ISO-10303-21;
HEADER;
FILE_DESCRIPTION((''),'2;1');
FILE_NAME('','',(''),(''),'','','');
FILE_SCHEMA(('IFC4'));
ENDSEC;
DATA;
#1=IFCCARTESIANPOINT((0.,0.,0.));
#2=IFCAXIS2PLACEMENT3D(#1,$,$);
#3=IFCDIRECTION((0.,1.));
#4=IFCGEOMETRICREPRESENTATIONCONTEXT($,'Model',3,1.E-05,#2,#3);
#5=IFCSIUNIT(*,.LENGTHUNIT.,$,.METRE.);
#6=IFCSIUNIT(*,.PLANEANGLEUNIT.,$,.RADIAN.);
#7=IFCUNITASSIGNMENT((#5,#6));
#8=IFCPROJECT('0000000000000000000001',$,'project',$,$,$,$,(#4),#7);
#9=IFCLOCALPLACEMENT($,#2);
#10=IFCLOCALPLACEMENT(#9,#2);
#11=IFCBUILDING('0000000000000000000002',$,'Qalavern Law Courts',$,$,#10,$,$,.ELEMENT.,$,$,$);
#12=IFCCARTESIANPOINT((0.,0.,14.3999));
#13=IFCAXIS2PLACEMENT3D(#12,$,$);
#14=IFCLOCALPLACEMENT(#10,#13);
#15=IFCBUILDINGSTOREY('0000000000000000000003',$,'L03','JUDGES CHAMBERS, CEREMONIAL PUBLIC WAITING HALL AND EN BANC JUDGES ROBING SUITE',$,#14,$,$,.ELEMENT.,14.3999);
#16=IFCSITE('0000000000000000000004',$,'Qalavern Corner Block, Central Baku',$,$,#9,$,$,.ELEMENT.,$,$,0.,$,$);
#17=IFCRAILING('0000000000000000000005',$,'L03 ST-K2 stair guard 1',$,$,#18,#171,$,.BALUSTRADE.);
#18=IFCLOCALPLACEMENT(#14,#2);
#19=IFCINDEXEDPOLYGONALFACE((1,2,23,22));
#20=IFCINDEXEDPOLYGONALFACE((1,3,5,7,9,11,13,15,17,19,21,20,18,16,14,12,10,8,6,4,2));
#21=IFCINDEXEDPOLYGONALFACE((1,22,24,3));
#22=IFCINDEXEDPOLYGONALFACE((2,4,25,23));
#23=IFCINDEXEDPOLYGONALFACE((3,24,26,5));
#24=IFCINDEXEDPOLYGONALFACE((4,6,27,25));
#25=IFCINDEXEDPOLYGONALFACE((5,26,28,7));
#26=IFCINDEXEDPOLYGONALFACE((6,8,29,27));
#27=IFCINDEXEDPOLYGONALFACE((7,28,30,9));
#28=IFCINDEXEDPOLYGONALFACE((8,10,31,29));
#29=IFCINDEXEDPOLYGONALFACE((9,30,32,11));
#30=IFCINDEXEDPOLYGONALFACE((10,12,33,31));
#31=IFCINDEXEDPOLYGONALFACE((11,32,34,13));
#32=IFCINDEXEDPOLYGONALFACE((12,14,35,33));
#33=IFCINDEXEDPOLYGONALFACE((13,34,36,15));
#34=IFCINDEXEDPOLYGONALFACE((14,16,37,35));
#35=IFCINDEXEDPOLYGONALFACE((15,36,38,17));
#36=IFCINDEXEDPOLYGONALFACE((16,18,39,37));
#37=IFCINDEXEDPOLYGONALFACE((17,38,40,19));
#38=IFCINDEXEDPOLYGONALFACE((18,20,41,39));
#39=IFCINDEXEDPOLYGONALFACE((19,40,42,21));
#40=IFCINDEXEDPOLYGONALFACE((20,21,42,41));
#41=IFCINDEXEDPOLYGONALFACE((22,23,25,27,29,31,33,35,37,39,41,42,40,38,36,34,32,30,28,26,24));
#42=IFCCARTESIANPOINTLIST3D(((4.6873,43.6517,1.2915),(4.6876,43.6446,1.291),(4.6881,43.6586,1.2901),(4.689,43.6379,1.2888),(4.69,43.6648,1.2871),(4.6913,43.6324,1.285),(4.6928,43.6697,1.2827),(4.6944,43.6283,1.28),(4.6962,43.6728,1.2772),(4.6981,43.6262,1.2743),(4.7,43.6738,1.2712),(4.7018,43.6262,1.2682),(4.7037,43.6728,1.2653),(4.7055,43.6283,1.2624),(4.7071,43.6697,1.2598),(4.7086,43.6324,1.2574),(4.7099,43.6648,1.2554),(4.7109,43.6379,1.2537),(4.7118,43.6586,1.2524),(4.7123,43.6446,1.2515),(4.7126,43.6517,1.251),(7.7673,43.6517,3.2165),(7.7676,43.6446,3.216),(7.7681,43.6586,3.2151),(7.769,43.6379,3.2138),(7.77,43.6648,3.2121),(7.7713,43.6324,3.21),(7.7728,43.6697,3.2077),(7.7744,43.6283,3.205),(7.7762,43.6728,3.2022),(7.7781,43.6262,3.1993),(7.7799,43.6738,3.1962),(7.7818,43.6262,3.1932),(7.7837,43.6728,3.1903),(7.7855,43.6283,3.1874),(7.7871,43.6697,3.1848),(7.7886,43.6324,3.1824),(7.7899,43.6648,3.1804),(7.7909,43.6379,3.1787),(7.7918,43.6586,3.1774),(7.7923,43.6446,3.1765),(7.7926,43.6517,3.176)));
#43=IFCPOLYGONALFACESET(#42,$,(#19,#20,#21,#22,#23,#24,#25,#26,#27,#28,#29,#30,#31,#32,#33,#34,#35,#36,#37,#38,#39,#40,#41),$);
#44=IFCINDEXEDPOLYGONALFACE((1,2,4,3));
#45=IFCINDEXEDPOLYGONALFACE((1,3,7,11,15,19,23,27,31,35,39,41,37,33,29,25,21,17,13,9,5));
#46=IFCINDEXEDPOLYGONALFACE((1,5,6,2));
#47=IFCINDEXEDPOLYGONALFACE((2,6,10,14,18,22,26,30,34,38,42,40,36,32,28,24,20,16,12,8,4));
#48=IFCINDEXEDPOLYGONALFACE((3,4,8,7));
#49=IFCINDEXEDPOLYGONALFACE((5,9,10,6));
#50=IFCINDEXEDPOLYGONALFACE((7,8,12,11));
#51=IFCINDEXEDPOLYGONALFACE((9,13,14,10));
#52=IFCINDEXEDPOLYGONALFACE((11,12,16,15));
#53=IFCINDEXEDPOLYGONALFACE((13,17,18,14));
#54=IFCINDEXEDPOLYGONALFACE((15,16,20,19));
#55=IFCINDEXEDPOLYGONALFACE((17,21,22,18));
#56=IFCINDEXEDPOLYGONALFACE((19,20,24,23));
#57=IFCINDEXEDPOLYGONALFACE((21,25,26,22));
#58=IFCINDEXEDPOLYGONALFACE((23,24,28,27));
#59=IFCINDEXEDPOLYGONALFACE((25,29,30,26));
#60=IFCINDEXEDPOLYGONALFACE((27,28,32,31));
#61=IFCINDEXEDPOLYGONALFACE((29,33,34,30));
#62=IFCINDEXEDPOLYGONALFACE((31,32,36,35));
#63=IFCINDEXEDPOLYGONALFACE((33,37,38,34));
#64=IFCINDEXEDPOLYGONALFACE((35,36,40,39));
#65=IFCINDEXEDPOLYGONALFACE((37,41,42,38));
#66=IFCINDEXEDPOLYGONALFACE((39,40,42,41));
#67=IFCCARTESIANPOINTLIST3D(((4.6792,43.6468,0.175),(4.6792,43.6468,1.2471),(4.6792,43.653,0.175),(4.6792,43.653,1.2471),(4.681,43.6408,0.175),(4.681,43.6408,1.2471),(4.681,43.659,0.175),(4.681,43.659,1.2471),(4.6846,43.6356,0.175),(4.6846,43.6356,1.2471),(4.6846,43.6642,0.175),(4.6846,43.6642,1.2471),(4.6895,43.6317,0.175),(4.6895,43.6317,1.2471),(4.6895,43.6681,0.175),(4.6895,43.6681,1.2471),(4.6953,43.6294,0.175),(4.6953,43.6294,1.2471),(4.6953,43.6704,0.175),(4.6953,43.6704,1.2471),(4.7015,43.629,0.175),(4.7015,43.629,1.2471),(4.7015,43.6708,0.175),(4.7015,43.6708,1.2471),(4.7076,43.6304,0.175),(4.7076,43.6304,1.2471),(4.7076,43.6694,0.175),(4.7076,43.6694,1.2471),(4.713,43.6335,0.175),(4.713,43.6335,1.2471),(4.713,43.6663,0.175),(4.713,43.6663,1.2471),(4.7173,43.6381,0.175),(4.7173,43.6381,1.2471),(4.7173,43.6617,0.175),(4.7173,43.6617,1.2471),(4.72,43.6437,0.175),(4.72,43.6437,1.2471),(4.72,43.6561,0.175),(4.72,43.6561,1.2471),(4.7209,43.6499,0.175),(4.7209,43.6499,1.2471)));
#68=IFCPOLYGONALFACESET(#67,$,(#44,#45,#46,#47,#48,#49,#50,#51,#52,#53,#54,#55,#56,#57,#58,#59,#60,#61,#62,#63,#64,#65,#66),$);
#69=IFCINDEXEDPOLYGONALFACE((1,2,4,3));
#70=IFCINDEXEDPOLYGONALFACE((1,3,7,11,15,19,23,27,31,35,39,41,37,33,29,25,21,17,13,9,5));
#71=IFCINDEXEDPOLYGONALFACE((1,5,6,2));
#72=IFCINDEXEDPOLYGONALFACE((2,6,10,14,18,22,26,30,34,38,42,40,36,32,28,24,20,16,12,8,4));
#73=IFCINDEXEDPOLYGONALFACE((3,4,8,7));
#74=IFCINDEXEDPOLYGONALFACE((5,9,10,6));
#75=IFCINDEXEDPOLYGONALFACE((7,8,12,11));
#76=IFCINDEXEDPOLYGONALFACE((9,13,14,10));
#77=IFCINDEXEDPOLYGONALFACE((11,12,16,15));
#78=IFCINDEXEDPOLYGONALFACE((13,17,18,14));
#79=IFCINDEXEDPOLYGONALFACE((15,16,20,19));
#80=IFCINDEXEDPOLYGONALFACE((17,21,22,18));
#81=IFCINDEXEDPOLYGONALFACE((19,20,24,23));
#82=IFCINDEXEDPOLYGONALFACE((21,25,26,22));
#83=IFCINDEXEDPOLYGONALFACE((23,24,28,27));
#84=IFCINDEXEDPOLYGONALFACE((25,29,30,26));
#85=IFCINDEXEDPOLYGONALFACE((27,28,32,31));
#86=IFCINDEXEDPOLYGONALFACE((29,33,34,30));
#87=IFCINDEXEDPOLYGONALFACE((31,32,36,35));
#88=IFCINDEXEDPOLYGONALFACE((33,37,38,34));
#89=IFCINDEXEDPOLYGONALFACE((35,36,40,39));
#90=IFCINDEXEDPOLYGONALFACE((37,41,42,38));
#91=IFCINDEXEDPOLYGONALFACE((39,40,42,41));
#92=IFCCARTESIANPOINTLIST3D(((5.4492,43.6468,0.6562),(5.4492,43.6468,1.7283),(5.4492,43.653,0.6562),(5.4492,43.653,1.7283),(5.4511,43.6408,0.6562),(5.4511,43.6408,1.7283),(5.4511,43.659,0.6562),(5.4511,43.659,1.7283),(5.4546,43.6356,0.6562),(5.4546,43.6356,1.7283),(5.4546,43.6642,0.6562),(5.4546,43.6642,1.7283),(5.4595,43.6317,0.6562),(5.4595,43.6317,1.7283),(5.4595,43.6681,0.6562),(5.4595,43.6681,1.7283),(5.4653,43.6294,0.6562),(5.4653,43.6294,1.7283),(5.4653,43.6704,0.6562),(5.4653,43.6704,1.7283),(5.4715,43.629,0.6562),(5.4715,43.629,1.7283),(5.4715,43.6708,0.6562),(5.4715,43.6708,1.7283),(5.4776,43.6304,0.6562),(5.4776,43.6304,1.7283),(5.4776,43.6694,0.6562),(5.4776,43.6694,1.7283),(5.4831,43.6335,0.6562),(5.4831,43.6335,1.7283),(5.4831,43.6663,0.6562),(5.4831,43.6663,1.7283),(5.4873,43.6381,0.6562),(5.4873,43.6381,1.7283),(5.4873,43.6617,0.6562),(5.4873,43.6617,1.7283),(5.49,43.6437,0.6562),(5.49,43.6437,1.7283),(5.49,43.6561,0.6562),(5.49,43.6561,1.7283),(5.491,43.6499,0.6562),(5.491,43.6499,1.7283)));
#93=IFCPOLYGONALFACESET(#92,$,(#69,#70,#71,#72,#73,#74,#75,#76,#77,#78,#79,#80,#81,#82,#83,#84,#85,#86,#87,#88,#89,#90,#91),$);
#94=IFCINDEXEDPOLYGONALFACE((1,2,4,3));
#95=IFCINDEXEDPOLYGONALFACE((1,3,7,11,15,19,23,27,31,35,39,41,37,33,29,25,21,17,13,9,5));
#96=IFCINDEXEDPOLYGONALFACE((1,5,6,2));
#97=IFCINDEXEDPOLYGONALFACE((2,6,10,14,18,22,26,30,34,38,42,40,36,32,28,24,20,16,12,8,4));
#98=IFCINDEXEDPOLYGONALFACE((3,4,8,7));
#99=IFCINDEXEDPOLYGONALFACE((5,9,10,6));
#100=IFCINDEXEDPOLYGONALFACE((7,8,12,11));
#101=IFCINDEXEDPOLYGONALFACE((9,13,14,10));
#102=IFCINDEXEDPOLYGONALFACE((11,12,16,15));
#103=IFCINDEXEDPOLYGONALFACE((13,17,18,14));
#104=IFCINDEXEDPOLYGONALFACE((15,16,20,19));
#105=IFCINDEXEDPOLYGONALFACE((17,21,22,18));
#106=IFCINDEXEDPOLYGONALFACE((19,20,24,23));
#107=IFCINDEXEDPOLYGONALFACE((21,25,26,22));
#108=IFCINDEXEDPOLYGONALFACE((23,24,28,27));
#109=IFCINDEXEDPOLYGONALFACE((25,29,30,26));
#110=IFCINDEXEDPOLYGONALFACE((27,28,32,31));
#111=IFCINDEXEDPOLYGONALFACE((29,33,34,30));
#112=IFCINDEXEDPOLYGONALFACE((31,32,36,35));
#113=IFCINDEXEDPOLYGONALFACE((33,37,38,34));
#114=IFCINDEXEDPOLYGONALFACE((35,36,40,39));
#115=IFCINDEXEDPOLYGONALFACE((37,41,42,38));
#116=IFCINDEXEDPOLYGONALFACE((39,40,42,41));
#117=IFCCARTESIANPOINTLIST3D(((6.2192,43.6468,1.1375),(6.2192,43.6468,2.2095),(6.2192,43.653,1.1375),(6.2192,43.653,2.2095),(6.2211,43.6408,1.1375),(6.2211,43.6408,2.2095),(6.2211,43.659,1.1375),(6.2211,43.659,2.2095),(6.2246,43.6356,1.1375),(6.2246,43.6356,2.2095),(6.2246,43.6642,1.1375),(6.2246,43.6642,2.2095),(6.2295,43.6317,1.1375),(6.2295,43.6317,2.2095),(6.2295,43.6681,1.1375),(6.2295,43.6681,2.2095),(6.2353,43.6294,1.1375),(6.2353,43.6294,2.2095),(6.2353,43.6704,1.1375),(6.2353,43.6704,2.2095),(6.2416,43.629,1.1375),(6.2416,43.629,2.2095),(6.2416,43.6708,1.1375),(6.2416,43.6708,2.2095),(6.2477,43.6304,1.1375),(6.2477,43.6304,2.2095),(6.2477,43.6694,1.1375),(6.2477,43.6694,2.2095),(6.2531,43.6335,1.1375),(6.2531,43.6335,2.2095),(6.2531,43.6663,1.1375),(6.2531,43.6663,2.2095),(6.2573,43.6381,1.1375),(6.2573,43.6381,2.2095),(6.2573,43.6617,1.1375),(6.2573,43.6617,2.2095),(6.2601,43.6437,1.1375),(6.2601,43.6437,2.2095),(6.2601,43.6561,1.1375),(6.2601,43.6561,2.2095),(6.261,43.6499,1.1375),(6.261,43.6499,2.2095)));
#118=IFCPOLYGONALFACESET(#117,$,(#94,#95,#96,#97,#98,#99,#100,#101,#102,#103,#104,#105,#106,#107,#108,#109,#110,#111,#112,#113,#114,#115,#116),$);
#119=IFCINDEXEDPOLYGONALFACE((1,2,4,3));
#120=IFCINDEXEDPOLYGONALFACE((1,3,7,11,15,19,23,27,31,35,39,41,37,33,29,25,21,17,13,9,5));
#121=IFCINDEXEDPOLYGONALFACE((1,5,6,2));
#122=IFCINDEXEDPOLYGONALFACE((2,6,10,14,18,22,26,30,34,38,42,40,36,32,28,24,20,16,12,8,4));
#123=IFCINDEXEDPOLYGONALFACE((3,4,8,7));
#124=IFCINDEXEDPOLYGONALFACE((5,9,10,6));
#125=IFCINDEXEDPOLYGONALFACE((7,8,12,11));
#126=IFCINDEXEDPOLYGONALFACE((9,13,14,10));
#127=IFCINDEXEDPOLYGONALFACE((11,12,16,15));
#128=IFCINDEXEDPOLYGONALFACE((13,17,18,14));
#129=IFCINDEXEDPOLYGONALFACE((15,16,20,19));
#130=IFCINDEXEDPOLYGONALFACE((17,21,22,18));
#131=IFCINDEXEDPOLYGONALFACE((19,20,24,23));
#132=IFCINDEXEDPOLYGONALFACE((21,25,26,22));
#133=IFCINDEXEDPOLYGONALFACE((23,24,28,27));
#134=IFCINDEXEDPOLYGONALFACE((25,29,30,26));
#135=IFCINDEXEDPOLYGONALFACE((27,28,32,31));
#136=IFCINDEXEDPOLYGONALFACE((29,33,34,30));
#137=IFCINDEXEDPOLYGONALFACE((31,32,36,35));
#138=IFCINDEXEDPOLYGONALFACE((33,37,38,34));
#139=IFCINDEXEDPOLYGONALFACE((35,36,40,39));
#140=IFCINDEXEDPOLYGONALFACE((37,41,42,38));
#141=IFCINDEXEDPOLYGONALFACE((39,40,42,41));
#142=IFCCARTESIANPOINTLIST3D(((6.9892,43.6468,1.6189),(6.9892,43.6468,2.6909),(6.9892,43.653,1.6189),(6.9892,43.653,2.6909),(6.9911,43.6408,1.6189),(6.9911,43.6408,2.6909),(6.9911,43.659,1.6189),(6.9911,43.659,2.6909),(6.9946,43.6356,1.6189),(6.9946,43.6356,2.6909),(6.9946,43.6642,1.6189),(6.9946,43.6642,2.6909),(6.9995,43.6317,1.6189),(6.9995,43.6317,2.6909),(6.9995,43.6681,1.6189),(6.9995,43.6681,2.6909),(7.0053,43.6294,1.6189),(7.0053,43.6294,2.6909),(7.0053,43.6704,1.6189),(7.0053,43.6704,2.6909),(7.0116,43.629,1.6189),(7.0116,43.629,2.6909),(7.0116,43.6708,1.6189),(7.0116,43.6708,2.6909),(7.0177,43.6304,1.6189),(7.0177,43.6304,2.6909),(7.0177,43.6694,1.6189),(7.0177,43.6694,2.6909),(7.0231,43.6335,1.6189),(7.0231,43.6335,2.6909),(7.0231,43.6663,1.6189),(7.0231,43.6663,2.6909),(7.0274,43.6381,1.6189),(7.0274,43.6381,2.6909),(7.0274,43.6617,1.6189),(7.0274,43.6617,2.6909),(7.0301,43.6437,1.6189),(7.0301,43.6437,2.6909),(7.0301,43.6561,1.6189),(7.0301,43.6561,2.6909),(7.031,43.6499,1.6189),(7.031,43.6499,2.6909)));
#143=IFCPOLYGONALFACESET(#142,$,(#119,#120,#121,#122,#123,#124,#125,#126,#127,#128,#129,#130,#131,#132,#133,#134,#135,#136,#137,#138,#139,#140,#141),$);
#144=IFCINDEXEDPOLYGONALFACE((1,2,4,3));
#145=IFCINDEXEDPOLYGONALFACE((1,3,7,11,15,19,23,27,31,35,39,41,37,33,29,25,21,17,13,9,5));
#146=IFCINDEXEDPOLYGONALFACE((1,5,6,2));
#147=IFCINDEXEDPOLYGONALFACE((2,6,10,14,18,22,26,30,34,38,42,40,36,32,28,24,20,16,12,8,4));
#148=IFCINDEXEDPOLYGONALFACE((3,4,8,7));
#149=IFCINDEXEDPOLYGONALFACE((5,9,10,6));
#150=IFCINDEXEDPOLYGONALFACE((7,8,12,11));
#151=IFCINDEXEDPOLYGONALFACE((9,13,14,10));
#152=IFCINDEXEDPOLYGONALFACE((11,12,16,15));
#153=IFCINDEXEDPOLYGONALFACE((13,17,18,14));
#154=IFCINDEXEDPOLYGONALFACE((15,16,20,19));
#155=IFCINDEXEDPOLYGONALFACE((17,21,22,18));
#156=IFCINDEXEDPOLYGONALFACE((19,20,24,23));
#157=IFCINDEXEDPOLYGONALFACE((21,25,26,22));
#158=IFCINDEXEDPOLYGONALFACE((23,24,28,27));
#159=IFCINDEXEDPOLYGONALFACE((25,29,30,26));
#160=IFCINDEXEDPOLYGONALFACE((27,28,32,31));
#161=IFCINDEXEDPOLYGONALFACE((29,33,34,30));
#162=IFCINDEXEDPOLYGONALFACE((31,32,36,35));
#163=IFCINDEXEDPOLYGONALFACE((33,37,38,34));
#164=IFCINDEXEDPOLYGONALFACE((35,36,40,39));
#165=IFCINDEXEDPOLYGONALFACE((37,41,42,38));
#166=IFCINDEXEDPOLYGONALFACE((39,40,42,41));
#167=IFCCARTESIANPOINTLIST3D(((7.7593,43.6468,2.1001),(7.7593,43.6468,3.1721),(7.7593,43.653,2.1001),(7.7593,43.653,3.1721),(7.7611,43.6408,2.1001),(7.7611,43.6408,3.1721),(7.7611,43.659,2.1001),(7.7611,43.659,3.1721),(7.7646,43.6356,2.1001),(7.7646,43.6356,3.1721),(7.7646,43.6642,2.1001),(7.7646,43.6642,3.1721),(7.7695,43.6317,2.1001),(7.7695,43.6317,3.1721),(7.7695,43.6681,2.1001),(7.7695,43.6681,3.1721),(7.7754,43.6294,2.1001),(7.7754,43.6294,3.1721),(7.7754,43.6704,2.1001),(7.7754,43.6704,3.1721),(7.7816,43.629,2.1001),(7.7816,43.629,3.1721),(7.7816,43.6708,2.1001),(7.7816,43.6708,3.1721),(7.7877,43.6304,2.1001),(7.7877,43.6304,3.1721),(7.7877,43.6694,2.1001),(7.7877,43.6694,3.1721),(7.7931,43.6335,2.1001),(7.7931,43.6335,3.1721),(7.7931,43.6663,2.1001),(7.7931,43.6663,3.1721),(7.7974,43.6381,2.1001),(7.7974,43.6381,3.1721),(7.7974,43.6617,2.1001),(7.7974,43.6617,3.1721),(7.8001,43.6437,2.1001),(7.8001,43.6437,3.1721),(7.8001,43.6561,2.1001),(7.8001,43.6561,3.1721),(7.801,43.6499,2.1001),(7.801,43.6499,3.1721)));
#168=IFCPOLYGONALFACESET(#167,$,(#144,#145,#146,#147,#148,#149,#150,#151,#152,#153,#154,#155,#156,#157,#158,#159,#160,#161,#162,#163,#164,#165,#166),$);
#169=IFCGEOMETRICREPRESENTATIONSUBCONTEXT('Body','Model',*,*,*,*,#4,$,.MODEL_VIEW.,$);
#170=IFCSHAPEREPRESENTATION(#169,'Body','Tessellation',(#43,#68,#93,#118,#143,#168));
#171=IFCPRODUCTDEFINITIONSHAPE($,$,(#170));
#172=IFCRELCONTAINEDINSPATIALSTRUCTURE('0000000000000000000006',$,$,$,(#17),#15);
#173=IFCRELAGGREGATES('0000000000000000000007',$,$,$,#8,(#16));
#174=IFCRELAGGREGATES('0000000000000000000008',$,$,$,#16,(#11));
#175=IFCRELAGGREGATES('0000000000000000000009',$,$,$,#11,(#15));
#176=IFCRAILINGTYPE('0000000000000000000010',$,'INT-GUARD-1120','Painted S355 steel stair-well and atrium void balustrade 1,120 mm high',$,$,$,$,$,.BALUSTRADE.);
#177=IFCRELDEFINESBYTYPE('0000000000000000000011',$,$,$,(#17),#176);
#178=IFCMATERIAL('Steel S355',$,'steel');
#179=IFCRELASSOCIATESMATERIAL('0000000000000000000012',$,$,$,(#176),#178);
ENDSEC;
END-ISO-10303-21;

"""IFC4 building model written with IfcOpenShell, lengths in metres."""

from ifc_helpers import new_model, si_unit, direction, frame, origin, origin_2d, place, context, subcontext, project, spatial, circle, extrude, material, type_object, element, save


model = new_model("IFC4")

# Units and contexts
model_context = context("Model", 3, precision=1e-05, world=origin(), true_north=direction((0.0, 1.0)))
body_context = subcontext(model_context, "Body", "Model", "MODEL_VIEW")
ifc_project = project(units=[si_unit("LENGTHUNIT", "METRE"), si_unit("PLANEANGLEUNIT", "RADIAN")], contexts=[model_context])

# Site, building, storey
site_placement = place(None, origin())
site = spatial("IfcSite", under=ifc_project, at=site_placement, Name="Qalavern Corner Block, Central Baku", CompositionType="ELEMENT", RefElevation=0.0)
building_placement = place(site_placement, origin())
building = spatial("IfcBuilding", under=site, at=building_placement, Name="Qalavern Law Courts", CompositionType="ELEMENT")
storey_placement = place(building_placement, frame((0.0, 0.0, 14.3999)))
storey = spatial("IfcBuildingStorey", under=building, at=storey_placement, Name="L03", Description="JUDGES CHAMBERS, CEREMONIAL PUBLIC WAITING HALL AND EN BANC JUDGES ROBING SUITE", CompositionType="ELEMENT", Elevation=14.3999)

# Shared definitions
ifc_material_1 = material(Name="Steel S355", Category="steel")

# Railing
railing_type_1 = type_object("IfcRailingType", Name="INT-GUARD-1120", Description="Painted S355 steel stair-well and atrium void balustrade 1,120 mm high", PredefinedType="BALUSTRADE", material=ifc_material_1)
railing_1_placement = place(storey_placement, frame((4.7, 43.6499, 0.175)))
element("IfcRailing", 1, at=railing_1_placement, inside=storey, type_object=railing_type_1, Name="L03 ST-K2 stair guard 1", PredefinedType="BALUSTRADE", context=body_context, shape_type="SweptSolid", body=[
    extrude(circle(Radius=0.0239, at=origin_2d()), frame((0.0, 0.0, 1.0962), z_axis=(0.847998, 0.0, 0.529999), x_axis=(0.0, 1.0, 0.0)), (0.0, 0.0, 1.0), 3.6321),
    extrude(circle(Radius=0.021, at=origin_2d()), origin(), (0.0, 0.0, 1.0), 1.072),
    extrude(circle(Radius=0.021, at=origin_2d()), frame((0.77, 0.0, 0.4812)), (0.0, 0.0, 1.0), 1.072),
    extrude(circle(Radius=0.021, at=origin_2d()), frame((1.54, 0.0, 0.9624)), (0.0, 0.0, 1.0), 1.072),
    extrude(circle(Radius=0.021, at=origin_2d()), frame((2.3101, 0.0, 1.4438)), (0.0, 0.0, 1.0), 1.072),
    extrude(circle(Radius=0.021, at=origin_2d()), frame((3.0801, 0.0, 1.925)), (0.0, 0.0, 1.0), 1.072),
])

save(model, "model.ifc")
